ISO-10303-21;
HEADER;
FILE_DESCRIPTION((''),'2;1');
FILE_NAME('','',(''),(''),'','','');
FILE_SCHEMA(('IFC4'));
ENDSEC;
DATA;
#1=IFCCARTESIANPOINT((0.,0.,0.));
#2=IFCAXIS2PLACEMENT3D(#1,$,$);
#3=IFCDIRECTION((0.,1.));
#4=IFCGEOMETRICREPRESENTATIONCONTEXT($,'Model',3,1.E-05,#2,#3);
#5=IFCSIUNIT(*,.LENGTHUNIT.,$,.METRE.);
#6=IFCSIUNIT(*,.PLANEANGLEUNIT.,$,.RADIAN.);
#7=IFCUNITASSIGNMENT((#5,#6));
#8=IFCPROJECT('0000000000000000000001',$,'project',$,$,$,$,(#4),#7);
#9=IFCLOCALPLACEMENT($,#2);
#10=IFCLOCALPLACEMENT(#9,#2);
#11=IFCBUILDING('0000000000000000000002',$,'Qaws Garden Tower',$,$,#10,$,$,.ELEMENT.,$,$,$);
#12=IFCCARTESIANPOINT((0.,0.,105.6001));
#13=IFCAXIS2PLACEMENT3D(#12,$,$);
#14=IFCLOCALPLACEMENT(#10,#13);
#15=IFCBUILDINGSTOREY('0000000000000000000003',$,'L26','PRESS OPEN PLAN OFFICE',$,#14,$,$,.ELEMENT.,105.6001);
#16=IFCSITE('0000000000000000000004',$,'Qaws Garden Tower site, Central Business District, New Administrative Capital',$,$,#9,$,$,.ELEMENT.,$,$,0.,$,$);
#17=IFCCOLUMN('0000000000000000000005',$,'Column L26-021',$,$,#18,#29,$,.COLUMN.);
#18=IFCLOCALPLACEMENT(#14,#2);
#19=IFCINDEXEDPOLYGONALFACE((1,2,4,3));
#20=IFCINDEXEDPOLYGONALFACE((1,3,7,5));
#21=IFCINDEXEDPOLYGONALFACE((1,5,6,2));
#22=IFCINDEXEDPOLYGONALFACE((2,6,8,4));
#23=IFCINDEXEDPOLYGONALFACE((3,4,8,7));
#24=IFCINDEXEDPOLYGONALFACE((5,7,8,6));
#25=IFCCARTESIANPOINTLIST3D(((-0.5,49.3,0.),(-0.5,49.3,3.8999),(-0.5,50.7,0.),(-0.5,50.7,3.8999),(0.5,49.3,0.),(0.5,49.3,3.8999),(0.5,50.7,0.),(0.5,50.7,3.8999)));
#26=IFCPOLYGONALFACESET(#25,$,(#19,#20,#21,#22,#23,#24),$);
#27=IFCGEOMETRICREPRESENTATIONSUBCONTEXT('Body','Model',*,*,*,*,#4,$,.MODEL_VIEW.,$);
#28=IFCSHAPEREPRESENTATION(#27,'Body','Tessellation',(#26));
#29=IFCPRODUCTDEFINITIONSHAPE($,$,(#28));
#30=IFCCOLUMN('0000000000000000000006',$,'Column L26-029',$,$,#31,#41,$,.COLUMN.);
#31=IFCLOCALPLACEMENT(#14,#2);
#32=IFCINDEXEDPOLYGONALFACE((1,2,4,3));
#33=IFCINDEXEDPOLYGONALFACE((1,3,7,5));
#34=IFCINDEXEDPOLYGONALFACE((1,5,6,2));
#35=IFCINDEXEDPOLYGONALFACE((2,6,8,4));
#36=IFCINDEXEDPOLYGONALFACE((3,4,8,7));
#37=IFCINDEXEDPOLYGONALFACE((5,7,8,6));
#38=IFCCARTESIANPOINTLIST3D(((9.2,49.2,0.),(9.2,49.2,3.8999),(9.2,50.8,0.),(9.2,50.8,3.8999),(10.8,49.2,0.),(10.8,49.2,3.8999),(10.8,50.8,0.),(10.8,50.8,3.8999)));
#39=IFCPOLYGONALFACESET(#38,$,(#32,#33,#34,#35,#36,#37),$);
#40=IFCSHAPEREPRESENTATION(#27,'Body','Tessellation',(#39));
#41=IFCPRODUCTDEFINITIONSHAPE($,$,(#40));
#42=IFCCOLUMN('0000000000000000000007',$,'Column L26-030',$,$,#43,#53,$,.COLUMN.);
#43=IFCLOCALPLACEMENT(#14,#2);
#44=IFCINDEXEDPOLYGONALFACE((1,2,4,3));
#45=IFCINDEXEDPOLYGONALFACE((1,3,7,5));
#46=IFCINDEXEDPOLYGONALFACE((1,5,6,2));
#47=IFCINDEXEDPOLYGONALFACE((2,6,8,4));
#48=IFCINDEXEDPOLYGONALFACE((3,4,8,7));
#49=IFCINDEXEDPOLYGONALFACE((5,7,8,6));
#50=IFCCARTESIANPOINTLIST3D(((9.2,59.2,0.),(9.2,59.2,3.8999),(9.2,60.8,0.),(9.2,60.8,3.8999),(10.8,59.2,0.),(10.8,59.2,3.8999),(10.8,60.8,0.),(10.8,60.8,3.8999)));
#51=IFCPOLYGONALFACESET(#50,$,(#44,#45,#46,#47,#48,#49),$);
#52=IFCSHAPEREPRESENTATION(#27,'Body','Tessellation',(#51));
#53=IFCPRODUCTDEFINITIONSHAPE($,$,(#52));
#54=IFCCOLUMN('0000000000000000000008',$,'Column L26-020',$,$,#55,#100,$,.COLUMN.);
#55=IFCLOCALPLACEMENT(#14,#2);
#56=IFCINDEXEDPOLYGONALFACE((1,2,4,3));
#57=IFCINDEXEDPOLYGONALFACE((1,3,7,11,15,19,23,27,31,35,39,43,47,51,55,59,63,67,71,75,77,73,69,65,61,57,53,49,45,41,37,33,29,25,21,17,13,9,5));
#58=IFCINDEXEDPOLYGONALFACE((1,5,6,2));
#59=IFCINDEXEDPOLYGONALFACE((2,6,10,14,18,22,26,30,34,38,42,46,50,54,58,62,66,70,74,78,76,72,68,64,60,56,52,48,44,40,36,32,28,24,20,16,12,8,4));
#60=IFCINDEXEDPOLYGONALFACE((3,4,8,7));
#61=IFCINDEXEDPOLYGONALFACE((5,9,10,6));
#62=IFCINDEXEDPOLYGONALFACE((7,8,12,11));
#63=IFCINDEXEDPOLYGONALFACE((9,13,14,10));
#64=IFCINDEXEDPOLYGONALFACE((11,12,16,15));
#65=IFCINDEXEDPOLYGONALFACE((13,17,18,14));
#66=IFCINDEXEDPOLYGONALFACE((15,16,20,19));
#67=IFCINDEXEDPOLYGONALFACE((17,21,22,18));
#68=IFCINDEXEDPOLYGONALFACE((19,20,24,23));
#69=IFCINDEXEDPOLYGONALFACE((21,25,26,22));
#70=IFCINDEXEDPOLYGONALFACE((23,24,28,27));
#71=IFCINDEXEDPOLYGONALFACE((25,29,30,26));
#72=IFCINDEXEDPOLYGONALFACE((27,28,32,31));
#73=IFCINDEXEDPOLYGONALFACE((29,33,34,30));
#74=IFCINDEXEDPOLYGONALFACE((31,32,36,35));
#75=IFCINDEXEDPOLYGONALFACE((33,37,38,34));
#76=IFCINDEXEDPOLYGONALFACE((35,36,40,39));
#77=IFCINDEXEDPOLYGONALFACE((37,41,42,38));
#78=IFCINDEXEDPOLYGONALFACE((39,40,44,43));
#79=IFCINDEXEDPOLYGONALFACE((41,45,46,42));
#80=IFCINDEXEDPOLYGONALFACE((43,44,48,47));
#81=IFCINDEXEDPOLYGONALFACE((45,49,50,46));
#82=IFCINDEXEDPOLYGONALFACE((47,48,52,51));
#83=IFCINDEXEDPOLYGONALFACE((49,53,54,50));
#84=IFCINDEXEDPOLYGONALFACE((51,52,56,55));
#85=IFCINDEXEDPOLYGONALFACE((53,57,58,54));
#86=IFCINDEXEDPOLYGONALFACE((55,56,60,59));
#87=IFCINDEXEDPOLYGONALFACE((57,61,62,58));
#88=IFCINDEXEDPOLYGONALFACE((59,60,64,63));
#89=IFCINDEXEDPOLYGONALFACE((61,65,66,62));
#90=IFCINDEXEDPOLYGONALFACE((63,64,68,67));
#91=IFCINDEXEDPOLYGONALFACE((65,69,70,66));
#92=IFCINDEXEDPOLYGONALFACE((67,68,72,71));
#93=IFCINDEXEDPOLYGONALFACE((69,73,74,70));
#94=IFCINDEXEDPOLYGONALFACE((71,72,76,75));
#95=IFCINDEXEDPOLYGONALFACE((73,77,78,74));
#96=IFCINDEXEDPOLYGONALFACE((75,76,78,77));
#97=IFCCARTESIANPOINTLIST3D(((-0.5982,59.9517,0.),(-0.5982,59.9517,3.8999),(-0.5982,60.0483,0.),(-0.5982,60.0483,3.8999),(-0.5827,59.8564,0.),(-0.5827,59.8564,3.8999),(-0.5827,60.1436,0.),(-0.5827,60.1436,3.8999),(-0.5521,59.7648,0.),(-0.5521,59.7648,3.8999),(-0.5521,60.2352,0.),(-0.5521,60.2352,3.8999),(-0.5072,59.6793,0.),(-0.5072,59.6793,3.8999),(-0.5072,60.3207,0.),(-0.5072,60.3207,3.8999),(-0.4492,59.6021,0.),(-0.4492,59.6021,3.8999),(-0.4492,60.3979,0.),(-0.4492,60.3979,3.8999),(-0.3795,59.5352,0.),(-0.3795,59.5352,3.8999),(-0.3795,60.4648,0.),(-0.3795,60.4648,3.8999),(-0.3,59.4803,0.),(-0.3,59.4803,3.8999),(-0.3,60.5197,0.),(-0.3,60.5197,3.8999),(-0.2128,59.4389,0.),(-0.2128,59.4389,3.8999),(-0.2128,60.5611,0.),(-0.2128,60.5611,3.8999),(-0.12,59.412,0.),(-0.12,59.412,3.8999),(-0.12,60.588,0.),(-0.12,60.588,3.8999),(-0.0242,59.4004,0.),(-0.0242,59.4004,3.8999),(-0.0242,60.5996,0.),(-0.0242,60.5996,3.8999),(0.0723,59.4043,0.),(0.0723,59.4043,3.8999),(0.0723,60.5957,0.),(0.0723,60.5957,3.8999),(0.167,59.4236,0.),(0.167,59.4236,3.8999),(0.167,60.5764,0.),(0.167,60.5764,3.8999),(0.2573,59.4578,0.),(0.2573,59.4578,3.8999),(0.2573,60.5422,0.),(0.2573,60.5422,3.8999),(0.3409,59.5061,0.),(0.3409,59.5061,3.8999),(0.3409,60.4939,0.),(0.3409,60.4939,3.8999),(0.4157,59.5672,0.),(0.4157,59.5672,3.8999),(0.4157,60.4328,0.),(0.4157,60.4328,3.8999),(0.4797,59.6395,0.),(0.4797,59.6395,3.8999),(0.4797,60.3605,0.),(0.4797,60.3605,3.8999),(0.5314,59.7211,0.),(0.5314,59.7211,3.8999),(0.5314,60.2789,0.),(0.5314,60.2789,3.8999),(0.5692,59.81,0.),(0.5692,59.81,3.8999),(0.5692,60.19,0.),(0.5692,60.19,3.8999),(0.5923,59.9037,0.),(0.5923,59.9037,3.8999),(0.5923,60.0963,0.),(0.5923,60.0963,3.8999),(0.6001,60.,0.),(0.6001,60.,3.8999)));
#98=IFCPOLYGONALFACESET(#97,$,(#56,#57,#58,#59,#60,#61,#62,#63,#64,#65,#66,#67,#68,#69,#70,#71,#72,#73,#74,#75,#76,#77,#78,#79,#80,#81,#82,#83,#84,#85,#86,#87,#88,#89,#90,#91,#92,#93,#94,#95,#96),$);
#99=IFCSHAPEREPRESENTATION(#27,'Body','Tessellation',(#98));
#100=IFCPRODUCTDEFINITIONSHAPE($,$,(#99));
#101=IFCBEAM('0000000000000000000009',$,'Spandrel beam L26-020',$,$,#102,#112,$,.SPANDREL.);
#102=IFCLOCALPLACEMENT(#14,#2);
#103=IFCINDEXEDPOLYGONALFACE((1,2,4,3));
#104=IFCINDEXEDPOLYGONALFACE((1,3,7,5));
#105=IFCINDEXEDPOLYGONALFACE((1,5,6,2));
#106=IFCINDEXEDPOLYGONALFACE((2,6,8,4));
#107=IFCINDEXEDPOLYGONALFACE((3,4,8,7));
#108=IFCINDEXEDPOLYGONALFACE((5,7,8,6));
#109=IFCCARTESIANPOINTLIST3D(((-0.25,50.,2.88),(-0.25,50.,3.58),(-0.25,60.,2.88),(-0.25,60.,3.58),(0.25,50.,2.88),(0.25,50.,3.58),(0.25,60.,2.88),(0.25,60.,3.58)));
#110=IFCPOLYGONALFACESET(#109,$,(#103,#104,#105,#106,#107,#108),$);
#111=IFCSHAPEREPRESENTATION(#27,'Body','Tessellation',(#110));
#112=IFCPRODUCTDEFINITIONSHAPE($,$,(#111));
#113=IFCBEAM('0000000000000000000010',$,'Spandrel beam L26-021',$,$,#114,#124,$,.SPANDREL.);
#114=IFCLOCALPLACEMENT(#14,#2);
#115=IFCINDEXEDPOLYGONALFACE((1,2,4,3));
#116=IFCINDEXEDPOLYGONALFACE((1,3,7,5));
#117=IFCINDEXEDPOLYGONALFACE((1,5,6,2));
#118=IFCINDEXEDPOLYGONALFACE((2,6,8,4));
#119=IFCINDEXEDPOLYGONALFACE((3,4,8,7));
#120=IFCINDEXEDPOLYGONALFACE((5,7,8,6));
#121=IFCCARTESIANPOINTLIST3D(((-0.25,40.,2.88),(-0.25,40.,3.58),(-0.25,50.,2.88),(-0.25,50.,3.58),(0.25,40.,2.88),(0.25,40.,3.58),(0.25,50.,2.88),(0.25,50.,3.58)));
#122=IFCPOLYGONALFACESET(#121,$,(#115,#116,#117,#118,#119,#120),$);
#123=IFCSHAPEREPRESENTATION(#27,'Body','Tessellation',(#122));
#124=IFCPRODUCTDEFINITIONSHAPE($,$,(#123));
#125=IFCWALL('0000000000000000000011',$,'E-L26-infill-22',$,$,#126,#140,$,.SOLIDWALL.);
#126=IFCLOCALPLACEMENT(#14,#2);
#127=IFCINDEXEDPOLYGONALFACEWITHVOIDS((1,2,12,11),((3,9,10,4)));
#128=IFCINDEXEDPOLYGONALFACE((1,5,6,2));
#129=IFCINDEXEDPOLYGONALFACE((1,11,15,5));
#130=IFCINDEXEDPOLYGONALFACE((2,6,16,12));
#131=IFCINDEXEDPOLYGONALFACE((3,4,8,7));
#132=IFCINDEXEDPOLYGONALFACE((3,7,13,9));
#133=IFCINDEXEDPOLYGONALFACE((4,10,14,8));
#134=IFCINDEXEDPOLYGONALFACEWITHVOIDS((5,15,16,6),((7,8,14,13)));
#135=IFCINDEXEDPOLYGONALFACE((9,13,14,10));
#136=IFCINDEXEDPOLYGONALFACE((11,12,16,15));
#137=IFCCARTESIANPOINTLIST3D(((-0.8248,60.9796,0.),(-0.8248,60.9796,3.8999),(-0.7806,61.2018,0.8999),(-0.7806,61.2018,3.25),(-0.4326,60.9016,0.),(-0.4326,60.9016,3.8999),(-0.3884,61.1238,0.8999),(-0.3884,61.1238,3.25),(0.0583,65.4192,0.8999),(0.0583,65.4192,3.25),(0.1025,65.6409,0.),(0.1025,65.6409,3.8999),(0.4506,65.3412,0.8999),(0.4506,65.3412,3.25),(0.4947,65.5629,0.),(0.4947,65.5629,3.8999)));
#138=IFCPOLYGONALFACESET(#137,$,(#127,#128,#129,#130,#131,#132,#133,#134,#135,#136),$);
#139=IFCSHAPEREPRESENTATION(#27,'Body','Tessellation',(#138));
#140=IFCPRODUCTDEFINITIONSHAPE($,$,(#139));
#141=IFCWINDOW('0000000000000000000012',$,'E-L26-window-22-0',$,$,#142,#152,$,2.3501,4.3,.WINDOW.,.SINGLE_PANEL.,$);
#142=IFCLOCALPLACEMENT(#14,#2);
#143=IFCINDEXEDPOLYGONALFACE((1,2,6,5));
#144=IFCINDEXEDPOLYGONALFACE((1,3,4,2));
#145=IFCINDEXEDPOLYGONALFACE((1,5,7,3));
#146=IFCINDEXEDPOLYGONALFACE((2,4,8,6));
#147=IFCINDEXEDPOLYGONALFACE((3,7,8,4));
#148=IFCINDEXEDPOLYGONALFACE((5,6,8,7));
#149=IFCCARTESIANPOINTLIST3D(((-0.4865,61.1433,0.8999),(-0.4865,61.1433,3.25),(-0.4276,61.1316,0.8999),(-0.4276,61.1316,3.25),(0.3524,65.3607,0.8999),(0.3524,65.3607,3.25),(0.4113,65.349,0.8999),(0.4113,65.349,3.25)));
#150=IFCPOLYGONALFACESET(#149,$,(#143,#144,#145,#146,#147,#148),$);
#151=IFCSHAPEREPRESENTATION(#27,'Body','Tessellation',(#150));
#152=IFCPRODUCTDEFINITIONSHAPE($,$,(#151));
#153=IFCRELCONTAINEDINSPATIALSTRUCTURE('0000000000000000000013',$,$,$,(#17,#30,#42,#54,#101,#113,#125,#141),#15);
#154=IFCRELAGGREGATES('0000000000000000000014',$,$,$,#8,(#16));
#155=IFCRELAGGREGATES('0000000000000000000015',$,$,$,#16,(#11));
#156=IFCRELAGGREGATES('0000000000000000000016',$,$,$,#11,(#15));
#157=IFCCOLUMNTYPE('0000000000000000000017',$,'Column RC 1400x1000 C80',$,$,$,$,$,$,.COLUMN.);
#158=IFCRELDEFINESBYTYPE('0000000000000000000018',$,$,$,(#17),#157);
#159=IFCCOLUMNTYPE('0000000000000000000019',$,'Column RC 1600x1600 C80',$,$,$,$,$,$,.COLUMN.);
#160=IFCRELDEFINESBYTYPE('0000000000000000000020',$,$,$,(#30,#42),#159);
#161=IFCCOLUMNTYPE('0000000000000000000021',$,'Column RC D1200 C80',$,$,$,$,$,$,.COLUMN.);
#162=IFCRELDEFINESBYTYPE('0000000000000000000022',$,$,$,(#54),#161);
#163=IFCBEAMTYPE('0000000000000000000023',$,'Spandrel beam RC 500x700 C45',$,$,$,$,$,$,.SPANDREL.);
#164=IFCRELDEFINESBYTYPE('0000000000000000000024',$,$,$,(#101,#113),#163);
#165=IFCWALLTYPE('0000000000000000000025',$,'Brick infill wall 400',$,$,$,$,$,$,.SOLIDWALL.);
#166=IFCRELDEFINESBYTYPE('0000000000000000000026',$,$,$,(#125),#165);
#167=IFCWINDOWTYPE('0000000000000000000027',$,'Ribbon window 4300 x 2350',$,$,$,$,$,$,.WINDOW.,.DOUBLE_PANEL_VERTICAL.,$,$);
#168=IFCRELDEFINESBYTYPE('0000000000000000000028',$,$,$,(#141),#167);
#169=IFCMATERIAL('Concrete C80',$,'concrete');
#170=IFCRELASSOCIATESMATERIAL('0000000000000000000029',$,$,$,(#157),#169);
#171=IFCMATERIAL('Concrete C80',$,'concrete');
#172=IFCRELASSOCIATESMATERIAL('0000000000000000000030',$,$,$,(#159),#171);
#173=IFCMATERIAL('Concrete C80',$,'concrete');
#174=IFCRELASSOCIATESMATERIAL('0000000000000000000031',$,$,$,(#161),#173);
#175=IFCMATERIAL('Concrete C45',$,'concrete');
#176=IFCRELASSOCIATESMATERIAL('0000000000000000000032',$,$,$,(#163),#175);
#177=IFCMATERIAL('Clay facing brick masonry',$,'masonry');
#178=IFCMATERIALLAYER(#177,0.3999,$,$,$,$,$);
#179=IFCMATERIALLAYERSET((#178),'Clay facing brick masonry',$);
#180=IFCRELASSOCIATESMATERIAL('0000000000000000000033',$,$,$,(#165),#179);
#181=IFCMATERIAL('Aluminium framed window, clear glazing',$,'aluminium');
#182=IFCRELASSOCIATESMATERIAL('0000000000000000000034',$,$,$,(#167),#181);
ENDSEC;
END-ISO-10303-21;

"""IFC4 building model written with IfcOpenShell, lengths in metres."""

from ifc_helpers import new_model, si_unit, direction, frame, frame_2d, origin, origin_2d, place, context, subcontext, project, spatial, rectangle, circle, extrude, material, layer, layer_set, material_profile, profile_set, type_object, element, fill, save


model = new_model("IFC4")

# Units and contexts
model_context = context("Model", 3, precision=1e-05, world=origin(), true_north=direction((0.0, 1.0)))
body_context = subcontext(model_context, "Body", "Model", "MODEL_VIEW")
ifc_project = project(units=[si_unit("LENGTHUNIT", "METRE"), si_unit("PLANEANGLEUNIT", "RADIAN")], contexts=[model_context])

# Site, building, storey
site_placement = place(None, origin())
site = spatial("IfcSite", under=ifc_project, at=site_placement, Name="Qaws Garden Tower site, Central Business District, New Administrative Capital", CompositionType="ELEMENT", RefElevation=0.0)
building_placement = place(site_placement, origin())
building = spatial("IfcBuilding", under=site, at=building_placement, Name="Qaws Garden Tower", CompositionType="ELEMENT")
storey_placement = place(building_placement, frame((0.0, 0.0, 105.6001)))
storey = spatial("IfcBuildingStorey", under=building, at=storey_placement, Name="L26", Description="PRESS OPEN PLAN OFFICE", CompositionType="ELEMENT", Elevation=105.6001)

# Columns
ifc_material_1 = material(Name="Concrete C80", Category="concrete")
ifc_material_profile_1 = material_profile(ifc_material_1, rectangle(XDim=1.3999, YDim=1.0, at=origin_2d()), Name="RC 1400x1000")
ifc_profile_set_1 = profile_set([ifc_material_profile_1], Name="Concrete C80")
column_type_1 = type_object("IfcColumnType", Name="Column RC 1400x1000 C80", PredefinedType="COLUMN", material=ifc_profile_set_1)
column_1_placement = place(storey_placement, frame((0.0, 50.0, 0.0), z_axis=(0.0, 0.0, 1.0), x_axis=(0.0, 1.0, 0.0)))
element("IfcColumn", 1, at=column_1_placement, inside=storey, type_object=column_type_1, Name="Column L26-021", PredefinedType="COLUMN", context=body_context, shape_type="SweptSolid", body=[
    extrude(rectangle(XDim=1.3999, YDim=1.0, at=origin_2d()), origin(), (0.0, 0.0, 1.0), 3.8999),
])
ifc_material_2 = material(Name="Concrete C80", Category="concrete")
ifc_material_profile_2 = material_profile(ifc_material_2, rectangle(XDim=1.6001, YDim=1.6001, at=origin_2d()), Name="RC 1600x1600")
ifc_profile_set_2 = profile_set([ifc_material_profile_2], Name="Concrete C80")
column_type_2 = type_object("IfcColumnType", Name="Column RC 1600x1600 C80", PredefinedType="COLUMN", material=ifc_profile_set_2)
for number, where, z_axis, x_axis, name in (
    (2, (10.0, 50.0, 0.0), (0.0, 0.0, 1.0), (1.0, 0.0, 0.0), "Column L26-029"),
    (3, (10.0, 60.0, 0.0), (0.0, 0.0, 1.0), (1.0, 0.0, 0.0), "Column L26-030"),
):
    element("IfcColumn", number, at=place(storey_placement, frame(where, z_axis=z_axis, x_axis=x_axis)), inside=storey, type_object=column_type_2, Name=name, PredefinedType="COLUMN", context=body_context, shape_type="SweptSolid", body=[
        extrude(rectangle(XDim=1.6001, YDim=1.6001, at=origin_2d()), origin(), (0.0, 0.0, 1.0), 3.8999),
    ])
ifc_material_3 = material(Name="Concrete C80", Category="concrete")
ifc_material_profile_3 = material_profile(ifc_material_3, circle(Radius=0.6001, at=origin_2d()), Name="RC D1200")
ifc_profile_set_3 = profile_set([ifc_material_profile_3], Name="Concrete C80")
column_type_3 = type_object("IfcColumnType", Name="Column RC D1200 C80", PredefinedType="COLUMN", material=ifc_profile_set_3)
column_2_placement = place(storey_placement, frame((0.0, 60.0, 0.0), z_axis=(0.0, 0.0, 1.0), x_axis=(1.0, 0.0, 0.0)))
element("IfcColumn", 4, at=column_2_placement, inside=storey, type_object=column_type_3, Name="Column L26-020", PredefinedType="COLUMN", context=body_context, shape_type="SweptSolid", body=[
    extrude(circle(Radius=0.6001, at=origin_2d()), origin(), (0.0, 0.0, 1.0), 3.8999),
])

# Beams
ifc_material_4 = material(Name="Concrete C45", Category="concrete")
ifc_material_profile_4 = material_profile(ifc_material_4, rectangle(XDim=0.5, YDim=0.7, at=origin_2d()), Name="RC 500x700")
ifc_profile_set_4 = profile_set([ifc_material_profile_4], Name="Concrete C45")
beam_type = type_object("IfcBeamType", Name="Spandrel beam RC 500x700 C45", PredefinedType="SPANDREL", material=ifc_profile_set_4)
for number, where, z_axis, x_axis, name in (
    (5, (0.0, 60.0, 3.23), (0.0, -1.0, 0.0), (1.0, 0.0, 0.0), "Spandrel beam L26-020"),
    (6, (0.0, 50.0, 3.23), (0.0, -1.0, 0.0), (1.0, 0.0, 0.0), "Spandrel beam L26-021"),
):
    element("IfcBeam", number, at=place(storey_placement, frame(where, z_axis=z_axis, x_axis=x_axis)), inside=storey, type_object=beam_type, Name=name, PredefinedType="SPANDREL", context=body_context, shape_type="SweptSolid", body=[
        extrude(rectangle(XDim=0.5, YDim=0.7, at=origin_2d()), origin(), (0.0, 0.0, 1.0), 10.0),
    ])

# Wall, opening, window
ifc_material_5 = material(Name="Clay facing brick masonry", Category="masonry")
ifc_layer_1 = layer(ifc_material_5, 0.3999)
ifc_layer_set_1 = layer_set([ifc_layer_1], Name="Clay facing brick masonry")
wall_type_1 = type_object("IfcWallType", Name="Brick infill wall 400", PredefinedType="SOLIDWALL", material=ifc_layer_set_1)
wall_1_placement = place(storey_placement, frame((0.2986, 65.6021, 0.0), z_axis=(0.0, 0.0, 1.0), x_axis=(-0.195099, -0.980784, 0.0)))
wall_1 = element("IfcWall", 7, at=wall_1_placement, inside=storey, type_object=wall_type_1, Name="E-L26-infill-22", PredefinedType="SOLIDWALL", context=body_context, shape_type="SweptSolid", body=[
    extrude(rectangle(XDim=4.7527, YDim=0.3999, at=frame_2d((2.3765, 0.0))), origin(), (0.0, 0.0, 1.0), 3.8999),
])
opening_1_placement = place(wall_1_placement, frame((0.2263, 0.0, 0.8999)))
opening_1 = element("IfcOpeningElement", 8, at=opening_1_placement, cuts=wall_1, PredefinedType="OPENING", context=body_context, shape_type="SweptSolid", body=[
    extrude(rectangle(XDim=4.3, YDim=2.3501, at=frame_2d((2.1499, 1.175))), frame((0.0, 0.21, 0.0), z_axis=(0.0, -1.0, 0.0), x_axis=(1.0, 0.0, 0.0)), (0.0, 0.0, 1.0), 0.4199),
])
ifc_material_6 = material(Name="Aluminium framed window, clear glazing", Category="aluminium")
window_type_1 = type_object("IfcWindowType", Name="Ribbon window 4300 x 2350", PartitioningType="DOUBLE_PANEL_VERTICAL", PredefinedType="WINDOW", material=ifc_material_6)
window_1_placement = place(opening_1_placement, origin())
window_1 = element("IfcWindow", 9, at=window_1_placement, inside=storey, type_object=window_type_1, Name="E-L26-window-22-0", OverallHeight=2.3501, OverallWidth=4.3, PartitioningType="SINGLE_PANEL", PredefinedType="WINDOW", context=body_context, shape_type="SweptSolid", body=[
    extrude(rectangle(XDim=4.3, YDim=2.3501, at=frame_2d((2.1499, 1.175))), frame((0.0, 0.1599, 0.0), z_axis=(0.0, -1.0, 0.0), x_axis=(1.0, 0.0, 0.0)), (0.0, 0.0, 1.0), 0.0601),
])
fill(opening_1, window_1)

save(model, "model.ifc")
